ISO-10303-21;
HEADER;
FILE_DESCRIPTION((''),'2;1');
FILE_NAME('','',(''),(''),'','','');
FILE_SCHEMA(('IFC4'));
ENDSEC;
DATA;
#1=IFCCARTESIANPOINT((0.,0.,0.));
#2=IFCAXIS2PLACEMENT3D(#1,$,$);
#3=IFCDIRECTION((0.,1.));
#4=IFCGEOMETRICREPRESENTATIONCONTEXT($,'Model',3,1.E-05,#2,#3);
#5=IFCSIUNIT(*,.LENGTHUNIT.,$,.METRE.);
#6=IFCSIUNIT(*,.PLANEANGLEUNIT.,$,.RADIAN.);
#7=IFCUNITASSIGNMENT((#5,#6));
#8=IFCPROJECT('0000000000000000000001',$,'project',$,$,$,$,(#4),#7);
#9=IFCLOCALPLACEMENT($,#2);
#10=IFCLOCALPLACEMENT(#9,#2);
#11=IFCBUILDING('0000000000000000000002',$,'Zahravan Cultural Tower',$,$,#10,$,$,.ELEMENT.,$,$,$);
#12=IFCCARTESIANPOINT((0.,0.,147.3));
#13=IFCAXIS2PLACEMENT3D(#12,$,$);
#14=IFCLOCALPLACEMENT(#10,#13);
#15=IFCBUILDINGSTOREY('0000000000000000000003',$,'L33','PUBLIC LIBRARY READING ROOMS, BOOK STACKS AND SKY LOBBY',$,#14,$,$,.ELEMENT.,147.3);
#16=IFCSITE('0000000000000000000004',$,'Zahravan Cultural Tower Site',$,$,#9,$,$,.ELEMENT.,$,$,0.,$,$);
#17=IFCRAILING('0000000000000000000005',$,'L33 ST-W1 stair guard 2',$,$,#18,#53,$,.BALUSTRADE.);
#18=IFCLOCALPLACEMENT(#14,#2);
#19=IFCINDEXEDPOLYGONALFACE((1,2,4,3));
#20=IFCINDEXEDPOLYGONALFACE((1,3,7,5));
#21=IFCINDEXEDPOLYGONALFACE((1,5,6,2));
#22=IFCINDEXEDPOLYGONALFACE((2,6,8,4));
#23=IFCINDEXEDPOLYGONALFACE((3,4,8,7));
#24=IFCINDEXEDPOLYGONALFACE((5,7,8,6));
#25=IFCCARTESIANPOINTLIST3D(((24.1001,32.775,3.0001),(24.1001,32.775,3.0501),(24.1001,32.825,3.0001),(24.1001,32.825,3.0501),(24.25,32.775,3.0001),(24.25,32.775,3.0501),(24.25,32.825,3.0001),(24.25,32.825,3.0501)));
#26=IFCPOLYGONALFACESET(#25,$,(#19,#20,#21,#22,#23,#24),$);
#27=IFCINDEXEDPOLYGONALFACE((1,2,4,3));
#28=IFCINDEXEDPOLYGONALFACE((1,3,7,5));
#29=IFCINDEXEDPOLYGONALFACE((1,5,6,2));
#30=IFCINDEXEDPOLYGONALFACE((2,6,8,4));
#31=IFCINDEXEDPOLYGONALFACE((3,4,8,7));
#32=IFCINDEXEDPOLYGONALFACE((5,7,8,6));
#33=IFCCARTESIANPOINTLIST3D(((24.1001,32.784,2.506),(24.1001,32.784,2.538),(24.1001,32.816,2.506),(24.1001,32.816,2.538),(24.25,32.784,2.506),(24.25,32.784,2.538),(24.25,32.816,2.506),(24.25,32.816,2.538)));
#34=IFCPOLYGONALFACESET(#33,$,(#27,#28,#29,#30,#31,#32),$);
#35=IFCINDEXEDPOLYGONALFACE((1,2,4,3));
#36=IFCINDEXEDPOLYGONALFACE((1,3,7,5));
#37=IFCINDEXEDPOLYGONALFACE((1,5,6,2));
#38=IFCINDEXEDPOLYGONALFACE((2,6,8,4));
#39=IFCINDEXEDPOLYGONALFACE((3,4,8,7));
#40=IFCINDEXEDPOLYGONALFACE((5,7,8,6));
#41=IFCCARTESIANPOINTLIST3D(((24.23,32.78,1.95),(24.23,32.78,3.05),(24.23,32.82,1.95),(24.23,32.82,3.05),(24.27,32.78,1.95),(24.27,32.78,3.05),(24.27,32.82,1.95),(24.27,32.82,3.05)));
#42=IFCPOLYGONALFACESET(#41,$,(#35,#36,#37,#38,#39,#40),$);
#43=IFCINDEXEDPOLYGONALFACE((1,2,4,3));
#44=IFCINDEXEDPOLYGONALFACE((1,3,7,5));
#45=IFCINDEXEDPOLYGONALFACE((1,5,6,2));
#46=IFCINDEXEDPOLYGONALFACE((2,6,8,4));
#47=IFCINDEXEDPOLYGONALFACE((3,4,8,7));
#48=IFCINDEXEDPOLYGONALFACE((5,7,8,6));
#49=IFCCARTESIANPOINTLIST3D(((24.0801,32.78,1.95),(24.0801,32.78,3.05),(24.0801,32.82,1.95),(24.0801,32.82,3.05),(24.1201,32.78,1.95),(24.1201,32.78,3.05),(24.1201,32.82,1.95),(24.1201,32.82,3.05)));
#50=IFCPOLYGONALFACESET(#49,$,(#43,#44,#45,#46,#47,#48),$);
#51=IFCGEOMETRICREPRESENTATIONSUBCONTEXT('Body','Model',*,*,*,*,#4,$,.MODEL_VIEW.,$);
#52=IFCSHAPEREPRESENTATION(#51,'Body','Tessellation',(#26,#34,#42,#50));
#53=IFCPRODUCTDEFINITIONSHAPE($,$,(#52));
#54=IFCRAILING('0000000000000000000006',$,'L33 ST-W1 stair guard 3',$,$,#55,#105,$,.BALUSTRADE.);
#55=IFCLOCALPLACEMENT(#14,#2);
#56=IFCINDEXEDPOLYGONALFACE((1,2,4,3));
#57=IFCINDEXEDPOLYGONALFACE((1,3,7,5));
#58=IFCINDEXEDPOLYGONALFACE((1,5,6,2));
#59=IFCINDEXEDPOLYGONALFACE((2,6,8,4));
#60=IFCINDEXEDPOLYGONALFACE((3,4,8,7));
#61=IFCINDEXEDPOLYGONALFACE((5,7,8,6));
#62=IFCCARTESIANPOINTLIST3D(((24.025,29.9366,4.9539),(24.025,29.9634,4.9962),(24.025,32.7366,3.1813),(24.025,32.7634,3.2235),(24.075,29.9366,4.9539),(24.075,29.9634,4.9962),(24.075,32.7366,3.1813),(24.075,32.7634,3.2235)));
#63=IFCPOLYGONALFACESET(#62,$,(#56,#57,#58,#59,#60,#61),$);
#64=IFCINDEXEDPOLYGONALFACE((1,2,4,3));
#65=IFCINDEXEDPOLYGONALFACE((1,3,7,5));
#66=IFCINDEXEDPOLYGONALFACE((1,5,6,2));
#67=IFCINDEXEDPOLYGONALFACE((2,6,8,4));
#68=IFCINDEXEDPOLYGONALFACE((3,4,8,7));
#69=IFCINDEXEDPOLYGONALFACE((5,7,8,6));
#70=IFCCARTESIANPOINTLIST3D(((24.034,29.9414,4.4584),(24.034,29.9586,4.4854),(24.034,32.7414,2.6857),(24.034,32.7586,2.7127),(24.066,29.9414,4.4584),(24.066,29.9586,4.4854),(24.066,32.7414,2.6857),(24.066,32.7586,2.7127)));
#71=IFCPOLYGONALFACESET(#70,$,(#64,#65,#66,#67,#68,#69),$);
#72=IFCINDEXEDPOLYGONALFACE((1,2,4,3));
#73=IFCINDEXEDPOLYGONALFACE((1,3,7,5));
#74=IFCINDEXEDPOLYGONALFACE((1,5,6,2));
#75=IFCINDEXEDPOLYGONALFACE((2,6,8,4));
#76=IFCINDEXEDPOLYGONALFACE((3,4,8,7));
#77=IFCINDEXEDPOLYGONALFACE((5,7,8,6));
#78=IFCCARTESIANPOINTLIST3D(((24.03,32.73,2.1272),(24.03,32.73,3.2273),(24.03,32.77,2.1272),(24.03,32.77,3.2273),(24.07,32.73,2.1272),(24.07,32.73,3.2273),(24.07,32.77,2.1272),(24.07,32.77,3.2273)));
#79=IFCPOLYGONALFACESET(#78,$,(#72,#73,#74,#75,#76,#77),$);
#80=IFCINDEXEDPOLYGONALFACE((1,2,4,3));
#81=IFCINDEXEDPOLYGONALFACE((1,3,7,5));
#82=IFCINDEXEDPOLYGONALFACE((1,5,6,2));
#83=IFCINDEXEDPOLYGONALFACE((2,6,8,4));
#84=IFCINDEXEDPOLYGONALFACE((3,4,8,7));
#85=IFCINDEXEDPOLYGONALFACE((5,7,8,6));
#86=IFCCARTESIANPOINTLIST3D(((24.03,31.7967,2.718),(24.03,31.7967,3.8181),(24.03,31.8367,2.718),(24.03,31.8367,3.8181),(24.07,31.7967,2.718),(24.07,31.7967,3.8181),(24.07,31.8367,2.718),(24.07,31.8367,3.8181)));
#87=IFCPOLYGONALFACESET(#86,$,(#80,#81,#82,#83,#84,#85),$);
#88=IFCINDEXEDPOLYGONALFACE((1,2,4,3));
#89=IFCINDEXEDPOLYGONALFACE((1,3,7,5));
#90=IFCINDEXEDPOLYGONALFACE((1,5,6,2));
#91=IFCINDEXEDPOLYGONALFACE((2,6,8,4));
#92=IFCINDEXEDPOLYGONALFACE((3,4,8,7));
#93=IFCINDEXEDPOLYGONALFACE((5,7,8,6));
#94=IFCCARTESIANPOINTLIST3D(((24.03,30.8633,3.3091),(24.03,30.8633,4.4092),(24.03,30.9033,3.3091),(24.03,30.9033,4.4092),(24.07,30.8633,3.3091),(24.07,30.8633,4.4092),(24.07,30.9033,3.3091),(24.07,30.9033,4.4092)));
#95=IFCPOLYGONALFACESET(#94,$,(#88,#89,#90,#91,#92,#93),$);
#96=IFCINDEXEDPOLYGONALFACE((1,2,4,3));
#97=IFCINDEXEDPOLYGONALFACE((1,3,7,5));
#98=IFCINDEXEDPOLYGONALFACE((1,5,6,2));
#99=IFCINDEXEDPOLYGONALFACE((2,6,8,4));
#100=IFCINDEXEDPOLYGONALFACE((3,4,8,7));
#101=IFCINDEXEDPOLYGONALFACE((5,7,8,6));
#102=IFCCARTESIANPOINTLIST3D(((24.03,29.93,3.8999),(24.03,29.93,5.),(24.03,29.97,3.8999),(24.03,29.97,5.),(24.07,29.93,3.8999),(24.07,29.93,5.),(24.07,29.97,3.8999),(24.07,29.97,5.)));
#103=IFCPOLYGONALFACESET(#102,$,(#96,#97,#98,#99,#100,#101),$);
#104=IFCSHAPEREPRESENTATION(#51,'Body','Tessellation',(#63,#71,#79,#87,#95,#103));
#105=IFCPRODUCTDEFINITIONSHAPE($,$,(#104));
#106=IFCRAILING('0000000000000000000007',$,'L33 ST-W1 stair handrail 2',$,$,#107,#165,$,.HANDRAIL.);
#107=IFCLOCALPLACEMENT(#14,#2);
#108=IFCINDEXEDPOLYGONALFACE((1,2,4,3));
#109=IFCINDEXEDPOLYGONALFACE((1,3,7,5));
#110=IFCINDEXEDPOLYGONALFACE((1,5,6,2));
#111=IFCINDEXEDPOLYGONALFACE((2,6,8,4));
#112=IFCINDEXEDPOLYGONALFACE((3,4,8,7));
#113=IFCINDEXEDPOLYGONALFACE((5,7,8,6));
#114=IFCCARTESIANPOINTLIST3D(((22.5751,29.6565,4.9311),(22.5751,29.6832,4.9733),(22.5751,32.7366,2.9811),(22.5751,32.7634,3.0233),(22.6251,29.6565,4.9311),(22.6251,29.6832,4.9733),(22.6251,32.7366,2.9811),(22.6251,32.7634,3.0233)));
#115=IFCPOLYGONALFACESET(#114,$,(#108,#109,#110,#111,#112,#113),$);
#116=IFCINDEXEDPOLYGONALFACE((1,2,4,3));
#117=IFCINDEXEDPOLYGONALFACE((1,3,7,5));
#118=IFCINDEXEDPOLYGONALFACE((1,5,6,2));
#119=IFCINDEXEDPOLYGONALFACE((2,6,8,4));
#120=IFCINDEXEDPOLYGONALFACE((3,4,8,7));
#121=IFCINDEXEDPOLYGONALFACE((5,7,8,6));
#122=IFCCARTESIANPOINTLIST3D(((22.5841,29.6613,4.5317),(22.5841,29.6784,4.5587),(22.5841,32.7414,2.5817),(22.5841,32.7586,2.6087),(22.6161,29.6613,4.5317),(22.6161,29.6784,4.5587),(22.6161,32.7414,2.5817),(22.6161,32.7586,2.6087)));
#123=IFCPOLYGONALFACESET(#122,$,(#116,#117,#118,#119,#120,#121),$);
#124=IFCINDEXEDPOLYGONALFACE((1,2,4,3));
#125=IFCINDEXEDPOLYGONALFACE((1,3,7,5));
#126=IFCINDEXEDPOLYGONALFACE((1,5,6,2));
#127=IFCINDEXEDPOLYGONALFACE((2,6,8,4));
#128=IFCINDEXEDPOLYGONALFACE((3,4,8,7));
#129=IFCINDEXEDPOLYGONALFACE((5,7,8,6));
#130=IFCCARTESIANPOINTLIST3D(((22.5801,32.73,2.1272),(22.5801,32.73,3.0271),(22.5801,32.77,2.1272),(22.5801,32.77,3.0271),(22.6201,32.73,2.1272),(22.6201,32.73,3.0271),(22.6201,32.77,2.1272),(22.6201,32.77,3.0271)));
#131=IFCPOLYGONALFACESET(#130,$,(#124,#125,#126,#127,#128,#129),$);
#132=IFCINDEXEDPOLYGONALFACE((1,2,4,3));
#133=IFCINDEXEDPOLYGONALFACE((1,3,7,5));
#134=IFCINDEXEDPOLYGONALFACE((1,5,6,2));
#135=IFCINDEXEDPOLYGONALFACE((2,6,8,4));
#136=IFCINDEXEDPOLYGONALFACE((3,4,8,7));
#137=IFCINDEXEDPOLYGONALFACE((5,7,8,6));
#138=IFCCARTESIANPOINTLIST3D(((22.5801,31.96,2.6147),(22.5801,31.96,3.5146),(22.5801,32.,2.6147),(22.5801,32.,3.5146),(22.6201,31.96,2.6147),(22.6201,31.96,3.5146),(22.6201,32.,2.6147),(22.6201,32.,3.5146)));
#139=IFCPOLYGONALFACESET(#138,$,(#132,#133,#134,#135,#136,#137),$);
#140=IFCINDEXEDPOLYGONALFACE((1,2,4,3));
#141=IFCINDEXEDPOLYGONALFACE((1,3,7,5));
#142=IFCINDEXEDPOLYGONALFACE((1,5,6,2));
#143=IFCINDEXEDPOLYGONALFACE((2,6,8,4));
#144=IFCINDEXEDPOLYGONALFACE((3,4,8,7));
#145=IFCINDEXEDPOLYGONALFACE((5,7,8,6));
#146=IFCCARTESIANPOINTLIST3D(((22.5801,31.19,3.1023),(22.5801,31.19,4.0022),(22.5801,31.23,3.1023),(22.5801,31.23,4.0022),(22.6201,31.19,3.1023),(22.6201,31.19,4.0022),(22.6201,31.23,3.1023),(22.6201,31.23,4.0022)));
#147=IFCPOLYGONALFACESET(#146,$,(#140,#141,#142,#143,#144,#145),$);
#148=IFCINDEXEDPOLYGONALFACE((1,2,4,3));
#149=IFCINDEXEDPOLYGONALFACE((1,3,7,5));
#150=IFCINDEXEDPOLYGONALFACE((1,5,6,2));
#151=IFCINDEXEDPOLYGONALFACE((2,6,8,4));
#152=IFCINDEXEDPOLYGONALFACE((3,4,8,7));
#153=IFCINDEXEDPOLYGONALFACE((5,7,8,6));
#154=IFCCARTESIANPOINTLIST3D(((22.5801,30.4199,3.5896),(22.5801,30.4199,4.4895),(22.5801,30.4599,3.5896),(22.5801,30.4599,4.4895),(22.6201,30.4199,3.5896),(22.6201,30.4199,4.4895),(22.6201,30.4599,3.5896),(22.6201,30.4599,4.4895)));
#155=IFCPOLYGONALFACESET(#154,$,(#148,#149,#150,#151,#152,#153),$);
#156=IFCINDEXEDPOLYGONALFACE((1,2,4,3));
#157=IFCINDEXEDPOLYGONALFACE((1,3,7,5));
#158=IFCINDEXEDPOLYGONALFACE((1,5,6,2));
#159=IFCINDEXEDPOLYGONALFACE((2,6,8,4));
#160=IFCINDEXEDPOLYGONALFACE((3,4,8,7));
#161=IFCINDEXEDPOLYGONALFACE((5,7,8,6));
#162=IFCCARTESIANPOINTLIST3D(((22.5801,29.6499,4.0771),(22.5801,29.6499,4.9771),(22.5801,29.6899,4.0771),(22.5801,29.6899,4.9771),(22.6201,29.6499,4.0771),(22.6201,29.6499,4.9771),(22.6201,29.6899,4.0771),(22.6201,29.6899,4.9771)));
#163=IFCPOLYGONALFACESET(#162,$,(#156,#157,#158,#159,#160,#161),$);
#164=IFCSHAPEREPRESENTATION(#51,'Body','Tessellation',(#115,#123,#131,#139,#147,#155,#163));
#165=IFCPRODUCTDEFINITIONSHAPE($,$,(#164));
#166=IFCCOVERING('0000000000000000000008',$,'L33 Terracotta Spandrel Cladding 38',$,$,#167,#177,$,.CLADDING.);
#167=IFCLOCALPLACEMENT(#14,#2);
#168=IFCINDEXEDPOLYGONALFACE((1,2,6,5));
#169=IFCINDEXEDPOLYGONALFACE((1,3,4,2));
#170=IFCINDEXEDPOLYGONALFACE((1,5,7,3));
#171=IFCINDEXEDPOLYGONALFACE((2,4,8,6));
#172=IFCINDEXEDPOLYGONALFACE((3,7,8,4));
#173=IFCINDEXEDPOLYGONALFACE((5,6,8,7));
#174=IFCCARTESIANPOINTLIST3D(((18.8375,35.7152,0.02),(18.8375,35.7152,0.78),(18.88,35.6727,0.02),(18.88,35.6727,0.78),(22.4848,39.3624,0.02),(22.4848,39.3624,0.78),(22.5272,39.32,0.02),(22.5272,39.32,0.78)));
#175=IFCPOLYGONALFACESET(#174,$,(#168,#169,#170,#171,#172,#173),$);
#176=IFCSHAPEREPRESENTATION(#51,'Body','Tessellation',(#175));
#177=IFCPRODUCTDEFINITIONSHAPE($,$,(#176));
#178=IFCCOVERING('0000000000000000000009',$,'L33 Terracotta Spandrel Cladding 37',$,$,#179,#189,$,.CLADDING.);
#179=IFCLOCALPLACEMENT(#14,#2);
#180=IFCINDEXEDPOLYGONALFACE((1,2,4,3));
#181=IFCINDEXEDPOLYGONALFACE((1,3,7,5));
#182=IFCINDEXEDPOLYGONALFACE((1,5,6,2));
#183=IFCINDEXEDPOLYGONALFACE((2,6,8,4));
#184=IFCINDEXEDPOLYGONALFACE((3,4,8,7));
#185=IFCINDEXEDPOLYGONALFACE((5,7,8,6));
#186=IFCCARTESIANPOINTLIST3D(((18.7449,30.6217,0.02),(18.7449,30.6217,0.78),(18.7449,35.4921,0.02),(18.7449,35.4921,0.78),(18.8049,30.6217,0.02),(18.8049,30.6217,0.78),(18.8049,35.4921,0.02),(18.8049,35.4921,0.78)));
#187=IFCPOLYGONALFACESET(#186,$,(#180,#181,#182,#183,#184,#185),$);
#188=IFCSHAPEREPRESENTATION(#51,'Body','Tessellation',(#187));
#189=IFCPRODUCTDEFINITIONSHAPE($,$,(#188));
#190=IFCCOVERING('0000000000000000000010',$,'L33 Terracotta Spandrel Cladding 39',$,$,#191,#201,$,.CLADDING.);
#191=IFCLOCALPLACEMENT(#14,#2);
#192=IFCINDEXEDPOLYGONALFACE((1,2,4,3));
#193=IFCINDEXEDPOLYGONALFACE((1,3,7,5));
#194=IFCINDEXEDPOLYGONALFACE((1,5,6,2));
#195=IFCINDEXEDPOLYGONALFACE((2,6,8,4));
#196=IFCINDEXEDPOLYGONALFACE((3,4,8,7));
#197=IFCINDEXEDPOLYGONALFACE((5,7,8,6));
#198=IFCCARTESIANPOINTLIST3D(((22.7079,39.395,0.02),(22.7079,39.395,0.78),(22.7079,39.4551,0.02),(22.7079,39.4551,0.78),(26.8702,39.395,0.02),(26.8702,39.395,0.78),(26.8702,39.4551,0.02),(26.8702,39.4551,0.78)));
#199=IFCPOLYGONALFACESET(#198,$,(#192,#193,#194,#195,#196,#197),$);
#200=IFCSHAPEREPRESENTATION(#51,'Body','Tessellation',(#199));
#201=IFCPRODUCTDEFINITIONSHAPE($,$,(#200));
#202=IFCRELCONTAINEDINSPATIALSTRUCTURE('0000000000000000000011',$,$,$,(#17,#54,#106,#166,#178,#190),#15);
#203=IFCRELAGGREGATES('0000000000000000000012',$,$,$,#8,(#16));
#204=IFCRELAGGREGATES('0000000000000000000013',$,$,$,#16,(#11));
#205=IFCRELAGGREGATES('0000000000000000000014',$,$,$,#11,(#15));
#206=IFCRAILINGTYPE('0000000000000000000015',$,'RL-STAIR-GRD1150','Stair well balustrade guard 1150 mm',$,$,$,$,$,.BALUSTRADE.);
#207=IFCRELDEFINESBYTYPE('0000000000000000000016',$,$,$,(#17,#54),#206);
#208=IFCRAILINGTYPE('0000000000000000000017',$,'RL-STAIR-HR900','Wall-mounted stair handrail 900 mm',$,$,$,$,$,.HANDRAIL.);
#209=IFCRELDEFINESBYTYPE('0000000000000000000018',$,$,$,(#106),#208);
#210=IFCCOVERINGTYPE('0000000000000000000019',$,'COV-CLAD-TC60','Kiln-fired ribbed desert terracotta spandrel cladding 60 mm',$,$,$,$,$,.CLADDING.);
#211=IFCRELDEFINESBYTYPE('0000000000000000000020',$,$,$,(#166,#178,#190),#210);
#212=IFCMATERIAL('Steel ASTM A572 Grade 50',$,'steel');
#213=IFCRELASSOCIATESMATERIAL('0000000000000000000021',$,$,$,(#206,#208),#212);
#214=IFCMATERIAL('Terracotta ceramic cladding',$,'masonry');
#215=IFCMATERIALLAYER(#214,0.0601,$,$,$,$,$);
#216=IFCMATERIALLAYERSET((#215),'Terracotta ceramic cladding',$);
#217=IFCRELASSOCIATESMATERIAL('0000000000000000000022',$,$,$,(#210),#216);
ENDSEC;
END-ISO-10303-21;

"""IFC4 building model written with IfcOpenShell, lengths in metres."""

from ifc_helpers import new_model, si_unit, direction, frame, origin, origin_2d, place, context, subcontext, project, spatial, rectangle, extrude, source, transform, mapped, material, layer, layer_set, type_object, element, save


model = new_model("IFC4")

# Units and contexts
model_context = context("Model", 3, precision=1e-05, world=origin(), true_north=direction((0.0, 1.0)))
body_context = subcontext(model_context, "Body", "Model", "MODEL_VIEW")
ifc_project = project(units=[si_unit("LENGTHUNIT", "METRE"), si_unit("PLANEANGLEUNIT", "RADIAN")], contexts=[model_context])

# Site, building, storey
site_placement = place(None, origin())
site = spatial("IfcSite", under=ifc_project, at=site_placement, Name="Zahravan Cultural Tower Site", CompositionType="ELEMENT", RefElevation=0.0)
building_placement = place(site_placement, origin())
building = spatial("IfcBuilding", under=site, at=building_placement, Name="Zahravan Cultural Tower", CompositionType="ELEMENT")
storey_placement = place(building_placement, frame((0.0, 0.0, 147.3)))
storey = spatial("IfcBuildingStorey", under=building, at=storey_placement, Name="L33", Description="PUBLIC LIBRARY READING ROOMS, BOOK STACKS AND SKY LOBBY", CompositionType="ELEMENT", Elevation=147.3)

# Railings
ifc_material_1 = material(Name="Steel ASTM A572 Grade 50", Category="steel")
railing_type_1 = type_object("IfcRailingType", Name="RL-STAIR-GRD1150", Description="Stair well balustrade guard 1150 mm", PredefinedType="BALUSTRADE", material=ifc_material_1)
railing_1_placement = place(storey_placement, frame((24.25, 32.8, 1.95)))
element("IfcRailing", 1, at=railing_1_placement, inside=storey, type_object=railing_type_1, Name="L33 ST-W1 stair guard 2", PredefinedType="BALUSTRADE", context=body_context, shape_type="SweptSolid", body=[
    extrude(rectangle(XDim=0.05, YDim=0.05, at=origin_2d()), frame((0.0, 0.0, 1.0752), z_axis=(-1.0, 0.0, 0.0), x_axis=(0.0, -1.0, 0.0)), (0.0, 0.0, 1.0), 0.1499),
    extrude(rectangle(XDim=0.032, YDim=0.032, at=origin_2d()), frame((0.0, 0.0, 0.572), z_axis=(-1.0, 0.0, 0.0), x_axis=(0.0, -1.0, 0.0)), (0.0, 0.0, 1.0), 0.1499),
    extrude(rectangle(XDim=0.04, YDim=0.04, at=origin_2d()), origin(), (0.0, 0.0, 1.0), 1.1001),
    extrude(rectangle(XDim=0.04, YDim=0.04, at=origin_2d()), frame((-0.1499, 0.0, 0.0)), (0.0, 0.0, 1.0), 1.1001),
])
railing_2_placement = place(storey_placement, frame((24.05, 32.75, 2.1272)))
element("IfcRailing", 2, at=railing_2_placement, inside=storey, type_object=railing_type_1, Name="L33 ST-W1 stair guard 3", PredefinedType="BALUSTRADE", context=body_context, shape_type="SweptSolid", body=[
    extrude(rectangle(XDim=0.05, YDim=0.05, at=origin_2d()), frame((0.0, 0.0, 1.0752), z_axis=(0.0, -0.844909, 0.53491), x_axis=(1.0, 0.0, 0.0)), (0.0, 0.0, 1.0), 3.314),
    extrude(rectangle(XDim=0.032, YDim=0.032, at=origin_2d()), frame((0.0, 0.0, 0.572), z_axis=(0.0, -0.844909, 0.53491), x_axis=(1.0, 0.0, 0.0)), (0.0, 0.0, 1.0), 3.314),
    extrude(rectangle(XDim=0.04, YDim=0.04, at=origin_2d()), origin(), (0.0, 0.0, 1.0), 1.1001),
    extrude(rectangle(XDim=0.04, YDim=0.04, at=origin_2d()), frame((0.0, -0.9333, 0.5908)), (0.0, 0.0, 1.0), 1.1001),
    extrude(rectangle(XDim=0.04, YDim=0.04, at=origin_2d()), frame((0.0, -1.8667, 1.1819)), (0.0, 0.0, 1.0), 1.1001),
    extrude(rectangle(XDim=0.04, YDim=0.04, at=origin_2d()), frame((0.0, -2.8, 1.7727)), (0.0, 0.0, 1.0), 1.1001),
])
railing_type_2 = type_object("IfcRailingType", Name="RL-STAIR-HR900", Description="Wall-mounted stair handrail 900 mm", PredefinedType="HANDRAIL", material=ifc_material_1)
railing_3_placement = place(storey_placement, frame((22.6001, 32.75, 2.1272)))
element("IfcRailing", 3, at=railing_3_placement, inside=storey, type_object=railing_type_2, Name="L33 ST-W1 stair handrail 2", PredefinedType="HANDRAIL", context=body_context, shape_type="SweptSolid", body=[
    extrude(rectangle(XDim=0.05, YDim=0.05, at=origin_2d()), frame((0.0, 0.0, 0.875), z_axis=(0.0, -0.844914, 0.534902), x_axis=(1.0, 0.0, 0.0)), (0.0, 0.0, 1.0), 3.6455),
    extrude(rectangle(XDim=0.032, YDim=0.032, at=origin_2d()), frame((0.0, 0.0, 0.468), z_axis=(0.0, -0.844914, 0.534902), x_axis=(1.0, 0.0, 0.0)), (0.0, 0.0, 1.0), 3.6455),
    extrude(rectangle(XDim=0.04, YDim=0.04, at=origin_2d()), origin(), (0.0, 0.0, 1.0), 0.8999),
    extrude(rectangle(XDim=0.04, YDim=0.04, at=origin_2d()), frame((0.0, -0.77, 0.4875)), (0.0, 0.0, 1.0), 0.8999),
    extrude(rectangle(XDim=0.04, YDim=0.04, at=origin_2d()), frame((0.0, -1.54, 0.9751)), (0.0, 0.0, 1.0), 0.8999),
    extrude(rectangle(XDim=0.04, YDim=0.04, at=origin_2d()), frame((0.0, -2.3101, 1.4624)), (0.0, 0.0, 1.0), 0.8999),
    extrude(rectangle(XDim=0.04, YDim=0.04, at=origin_2d()), frame((0.0, -3.0801, 1.95)), (0.0, 0.0, 1.0), 0.8999),
])

# Coverings
ifc_material_2 = material(Name="Terracotta ceramic cladding", Category="masonry")
ifc_layer_1 = layer(ifc_material_2, 0.0601)
ifc_layer_set_1 = layer_set([ifc_layer_1], Name="Terracotta ceramic cladding")
covering_type = type_object("IfcCoveringType", Name="COV-CLAD-TC60", Description="Kiln-fired ribbed desert terracotta spandrel cladding 60 mm", PredefinedType="CLADDING", material=ifc_layer_set_1)
shared_shape_1 = source(origin(), body_context, "Body", "SweptSolid", [
    extrude(rectangle(XDim=5.158, YDim=0.0601, at=origin_2d()), origin(), (0.0, 0.0, 1.0), 0.76),
])
covering_1_placement = place(storey_placement, frame((20.6824, 37.5176, 0.02), z_axis=(0.0, 0.0, 1.0), x_axis=(0.707107, 0.707107, 0.0)))
element("IfcCovering", 4, at=covering_1_placement, inside=storey, type_object=covering_type, Name="L33 Terracotta Spandrel Cladding 38", PredefinedType="CLADDING", context=body_context, shape_type="MappedRepresentation", body=[
    mapped(shared_shape_1, transform((0.0, 0.0, 0.0), x_axis=(1.0, 0.0, 0.0), y_axis=(0.0, 1.0, 0.0), z_axis=(0.0, 0.0, 1.0), scale=1.0)),
])
shared_shape_2 = source(origin(), body_context, "Body", "SweptSolid", [
    extrude(rectangle(XDim=4.8704, YDim=0.0601, at=origin_2d()), origin(), (0.0, 0.0, 1.0), 0.76),
])
covering_2_placement = place(storey_placement, frame((18.7749, 33.0569, 0.02), z_axis=(0.0, 0.0, 1.0), x_axis=(0.0, 1.0, 0.0)))
element("IfcCovering", 5, at=covering_2_placement, inside=storey, type_object=covering_type, Name="L33 Terracotta Spandrel Cladding 37", PredefinedType="CLADDING", context=body_context, shape_type="MappedRepresentation", body=[
    mapped(shared_shape_2, transform((0.0, 0.0, 0.0), x_axis=(1.0, 0.0, 0.0), y_axis=(0.0, 1.0, 0.0), z_axis=(0.0, 0.0, 1.0), scale=1.0)),
])
shared_shape_3 = source(origin(), body_context, "Body", "SweptSolid", [
    extrude(rectangle(XDim=4.1624, YDim=0.0601, at=origin_2d()), origin(), (0.0, 0.0, 1.0), 0.76),
])
covering_3_placement = place(storey_placement, frame((24.7891, 39.425, 0.02), z_axis=(0.0, 0.0, 1.0), x_axis=(1.0, 0.0, 0.0)))
element("IfcCovering", 6, at=covering_3_placement, inside=storey, type_object=covering_type, Name="L33 Terracotta Spandrel Cladding 39", PredefinedType="CLADDING", context=body_context, shape_type="MappedRepresentation", body=[
    mapped(shared_shape_3, transform((0.0, 0.0, 0.0), x_axis=(1.0, 0.0, 0.0), y_axis=(0.0, 1.0, 0.0), z_axis=(0.0, 0.0, 1.0), scale=1.0)),
])

save(model, "model.ifc")
